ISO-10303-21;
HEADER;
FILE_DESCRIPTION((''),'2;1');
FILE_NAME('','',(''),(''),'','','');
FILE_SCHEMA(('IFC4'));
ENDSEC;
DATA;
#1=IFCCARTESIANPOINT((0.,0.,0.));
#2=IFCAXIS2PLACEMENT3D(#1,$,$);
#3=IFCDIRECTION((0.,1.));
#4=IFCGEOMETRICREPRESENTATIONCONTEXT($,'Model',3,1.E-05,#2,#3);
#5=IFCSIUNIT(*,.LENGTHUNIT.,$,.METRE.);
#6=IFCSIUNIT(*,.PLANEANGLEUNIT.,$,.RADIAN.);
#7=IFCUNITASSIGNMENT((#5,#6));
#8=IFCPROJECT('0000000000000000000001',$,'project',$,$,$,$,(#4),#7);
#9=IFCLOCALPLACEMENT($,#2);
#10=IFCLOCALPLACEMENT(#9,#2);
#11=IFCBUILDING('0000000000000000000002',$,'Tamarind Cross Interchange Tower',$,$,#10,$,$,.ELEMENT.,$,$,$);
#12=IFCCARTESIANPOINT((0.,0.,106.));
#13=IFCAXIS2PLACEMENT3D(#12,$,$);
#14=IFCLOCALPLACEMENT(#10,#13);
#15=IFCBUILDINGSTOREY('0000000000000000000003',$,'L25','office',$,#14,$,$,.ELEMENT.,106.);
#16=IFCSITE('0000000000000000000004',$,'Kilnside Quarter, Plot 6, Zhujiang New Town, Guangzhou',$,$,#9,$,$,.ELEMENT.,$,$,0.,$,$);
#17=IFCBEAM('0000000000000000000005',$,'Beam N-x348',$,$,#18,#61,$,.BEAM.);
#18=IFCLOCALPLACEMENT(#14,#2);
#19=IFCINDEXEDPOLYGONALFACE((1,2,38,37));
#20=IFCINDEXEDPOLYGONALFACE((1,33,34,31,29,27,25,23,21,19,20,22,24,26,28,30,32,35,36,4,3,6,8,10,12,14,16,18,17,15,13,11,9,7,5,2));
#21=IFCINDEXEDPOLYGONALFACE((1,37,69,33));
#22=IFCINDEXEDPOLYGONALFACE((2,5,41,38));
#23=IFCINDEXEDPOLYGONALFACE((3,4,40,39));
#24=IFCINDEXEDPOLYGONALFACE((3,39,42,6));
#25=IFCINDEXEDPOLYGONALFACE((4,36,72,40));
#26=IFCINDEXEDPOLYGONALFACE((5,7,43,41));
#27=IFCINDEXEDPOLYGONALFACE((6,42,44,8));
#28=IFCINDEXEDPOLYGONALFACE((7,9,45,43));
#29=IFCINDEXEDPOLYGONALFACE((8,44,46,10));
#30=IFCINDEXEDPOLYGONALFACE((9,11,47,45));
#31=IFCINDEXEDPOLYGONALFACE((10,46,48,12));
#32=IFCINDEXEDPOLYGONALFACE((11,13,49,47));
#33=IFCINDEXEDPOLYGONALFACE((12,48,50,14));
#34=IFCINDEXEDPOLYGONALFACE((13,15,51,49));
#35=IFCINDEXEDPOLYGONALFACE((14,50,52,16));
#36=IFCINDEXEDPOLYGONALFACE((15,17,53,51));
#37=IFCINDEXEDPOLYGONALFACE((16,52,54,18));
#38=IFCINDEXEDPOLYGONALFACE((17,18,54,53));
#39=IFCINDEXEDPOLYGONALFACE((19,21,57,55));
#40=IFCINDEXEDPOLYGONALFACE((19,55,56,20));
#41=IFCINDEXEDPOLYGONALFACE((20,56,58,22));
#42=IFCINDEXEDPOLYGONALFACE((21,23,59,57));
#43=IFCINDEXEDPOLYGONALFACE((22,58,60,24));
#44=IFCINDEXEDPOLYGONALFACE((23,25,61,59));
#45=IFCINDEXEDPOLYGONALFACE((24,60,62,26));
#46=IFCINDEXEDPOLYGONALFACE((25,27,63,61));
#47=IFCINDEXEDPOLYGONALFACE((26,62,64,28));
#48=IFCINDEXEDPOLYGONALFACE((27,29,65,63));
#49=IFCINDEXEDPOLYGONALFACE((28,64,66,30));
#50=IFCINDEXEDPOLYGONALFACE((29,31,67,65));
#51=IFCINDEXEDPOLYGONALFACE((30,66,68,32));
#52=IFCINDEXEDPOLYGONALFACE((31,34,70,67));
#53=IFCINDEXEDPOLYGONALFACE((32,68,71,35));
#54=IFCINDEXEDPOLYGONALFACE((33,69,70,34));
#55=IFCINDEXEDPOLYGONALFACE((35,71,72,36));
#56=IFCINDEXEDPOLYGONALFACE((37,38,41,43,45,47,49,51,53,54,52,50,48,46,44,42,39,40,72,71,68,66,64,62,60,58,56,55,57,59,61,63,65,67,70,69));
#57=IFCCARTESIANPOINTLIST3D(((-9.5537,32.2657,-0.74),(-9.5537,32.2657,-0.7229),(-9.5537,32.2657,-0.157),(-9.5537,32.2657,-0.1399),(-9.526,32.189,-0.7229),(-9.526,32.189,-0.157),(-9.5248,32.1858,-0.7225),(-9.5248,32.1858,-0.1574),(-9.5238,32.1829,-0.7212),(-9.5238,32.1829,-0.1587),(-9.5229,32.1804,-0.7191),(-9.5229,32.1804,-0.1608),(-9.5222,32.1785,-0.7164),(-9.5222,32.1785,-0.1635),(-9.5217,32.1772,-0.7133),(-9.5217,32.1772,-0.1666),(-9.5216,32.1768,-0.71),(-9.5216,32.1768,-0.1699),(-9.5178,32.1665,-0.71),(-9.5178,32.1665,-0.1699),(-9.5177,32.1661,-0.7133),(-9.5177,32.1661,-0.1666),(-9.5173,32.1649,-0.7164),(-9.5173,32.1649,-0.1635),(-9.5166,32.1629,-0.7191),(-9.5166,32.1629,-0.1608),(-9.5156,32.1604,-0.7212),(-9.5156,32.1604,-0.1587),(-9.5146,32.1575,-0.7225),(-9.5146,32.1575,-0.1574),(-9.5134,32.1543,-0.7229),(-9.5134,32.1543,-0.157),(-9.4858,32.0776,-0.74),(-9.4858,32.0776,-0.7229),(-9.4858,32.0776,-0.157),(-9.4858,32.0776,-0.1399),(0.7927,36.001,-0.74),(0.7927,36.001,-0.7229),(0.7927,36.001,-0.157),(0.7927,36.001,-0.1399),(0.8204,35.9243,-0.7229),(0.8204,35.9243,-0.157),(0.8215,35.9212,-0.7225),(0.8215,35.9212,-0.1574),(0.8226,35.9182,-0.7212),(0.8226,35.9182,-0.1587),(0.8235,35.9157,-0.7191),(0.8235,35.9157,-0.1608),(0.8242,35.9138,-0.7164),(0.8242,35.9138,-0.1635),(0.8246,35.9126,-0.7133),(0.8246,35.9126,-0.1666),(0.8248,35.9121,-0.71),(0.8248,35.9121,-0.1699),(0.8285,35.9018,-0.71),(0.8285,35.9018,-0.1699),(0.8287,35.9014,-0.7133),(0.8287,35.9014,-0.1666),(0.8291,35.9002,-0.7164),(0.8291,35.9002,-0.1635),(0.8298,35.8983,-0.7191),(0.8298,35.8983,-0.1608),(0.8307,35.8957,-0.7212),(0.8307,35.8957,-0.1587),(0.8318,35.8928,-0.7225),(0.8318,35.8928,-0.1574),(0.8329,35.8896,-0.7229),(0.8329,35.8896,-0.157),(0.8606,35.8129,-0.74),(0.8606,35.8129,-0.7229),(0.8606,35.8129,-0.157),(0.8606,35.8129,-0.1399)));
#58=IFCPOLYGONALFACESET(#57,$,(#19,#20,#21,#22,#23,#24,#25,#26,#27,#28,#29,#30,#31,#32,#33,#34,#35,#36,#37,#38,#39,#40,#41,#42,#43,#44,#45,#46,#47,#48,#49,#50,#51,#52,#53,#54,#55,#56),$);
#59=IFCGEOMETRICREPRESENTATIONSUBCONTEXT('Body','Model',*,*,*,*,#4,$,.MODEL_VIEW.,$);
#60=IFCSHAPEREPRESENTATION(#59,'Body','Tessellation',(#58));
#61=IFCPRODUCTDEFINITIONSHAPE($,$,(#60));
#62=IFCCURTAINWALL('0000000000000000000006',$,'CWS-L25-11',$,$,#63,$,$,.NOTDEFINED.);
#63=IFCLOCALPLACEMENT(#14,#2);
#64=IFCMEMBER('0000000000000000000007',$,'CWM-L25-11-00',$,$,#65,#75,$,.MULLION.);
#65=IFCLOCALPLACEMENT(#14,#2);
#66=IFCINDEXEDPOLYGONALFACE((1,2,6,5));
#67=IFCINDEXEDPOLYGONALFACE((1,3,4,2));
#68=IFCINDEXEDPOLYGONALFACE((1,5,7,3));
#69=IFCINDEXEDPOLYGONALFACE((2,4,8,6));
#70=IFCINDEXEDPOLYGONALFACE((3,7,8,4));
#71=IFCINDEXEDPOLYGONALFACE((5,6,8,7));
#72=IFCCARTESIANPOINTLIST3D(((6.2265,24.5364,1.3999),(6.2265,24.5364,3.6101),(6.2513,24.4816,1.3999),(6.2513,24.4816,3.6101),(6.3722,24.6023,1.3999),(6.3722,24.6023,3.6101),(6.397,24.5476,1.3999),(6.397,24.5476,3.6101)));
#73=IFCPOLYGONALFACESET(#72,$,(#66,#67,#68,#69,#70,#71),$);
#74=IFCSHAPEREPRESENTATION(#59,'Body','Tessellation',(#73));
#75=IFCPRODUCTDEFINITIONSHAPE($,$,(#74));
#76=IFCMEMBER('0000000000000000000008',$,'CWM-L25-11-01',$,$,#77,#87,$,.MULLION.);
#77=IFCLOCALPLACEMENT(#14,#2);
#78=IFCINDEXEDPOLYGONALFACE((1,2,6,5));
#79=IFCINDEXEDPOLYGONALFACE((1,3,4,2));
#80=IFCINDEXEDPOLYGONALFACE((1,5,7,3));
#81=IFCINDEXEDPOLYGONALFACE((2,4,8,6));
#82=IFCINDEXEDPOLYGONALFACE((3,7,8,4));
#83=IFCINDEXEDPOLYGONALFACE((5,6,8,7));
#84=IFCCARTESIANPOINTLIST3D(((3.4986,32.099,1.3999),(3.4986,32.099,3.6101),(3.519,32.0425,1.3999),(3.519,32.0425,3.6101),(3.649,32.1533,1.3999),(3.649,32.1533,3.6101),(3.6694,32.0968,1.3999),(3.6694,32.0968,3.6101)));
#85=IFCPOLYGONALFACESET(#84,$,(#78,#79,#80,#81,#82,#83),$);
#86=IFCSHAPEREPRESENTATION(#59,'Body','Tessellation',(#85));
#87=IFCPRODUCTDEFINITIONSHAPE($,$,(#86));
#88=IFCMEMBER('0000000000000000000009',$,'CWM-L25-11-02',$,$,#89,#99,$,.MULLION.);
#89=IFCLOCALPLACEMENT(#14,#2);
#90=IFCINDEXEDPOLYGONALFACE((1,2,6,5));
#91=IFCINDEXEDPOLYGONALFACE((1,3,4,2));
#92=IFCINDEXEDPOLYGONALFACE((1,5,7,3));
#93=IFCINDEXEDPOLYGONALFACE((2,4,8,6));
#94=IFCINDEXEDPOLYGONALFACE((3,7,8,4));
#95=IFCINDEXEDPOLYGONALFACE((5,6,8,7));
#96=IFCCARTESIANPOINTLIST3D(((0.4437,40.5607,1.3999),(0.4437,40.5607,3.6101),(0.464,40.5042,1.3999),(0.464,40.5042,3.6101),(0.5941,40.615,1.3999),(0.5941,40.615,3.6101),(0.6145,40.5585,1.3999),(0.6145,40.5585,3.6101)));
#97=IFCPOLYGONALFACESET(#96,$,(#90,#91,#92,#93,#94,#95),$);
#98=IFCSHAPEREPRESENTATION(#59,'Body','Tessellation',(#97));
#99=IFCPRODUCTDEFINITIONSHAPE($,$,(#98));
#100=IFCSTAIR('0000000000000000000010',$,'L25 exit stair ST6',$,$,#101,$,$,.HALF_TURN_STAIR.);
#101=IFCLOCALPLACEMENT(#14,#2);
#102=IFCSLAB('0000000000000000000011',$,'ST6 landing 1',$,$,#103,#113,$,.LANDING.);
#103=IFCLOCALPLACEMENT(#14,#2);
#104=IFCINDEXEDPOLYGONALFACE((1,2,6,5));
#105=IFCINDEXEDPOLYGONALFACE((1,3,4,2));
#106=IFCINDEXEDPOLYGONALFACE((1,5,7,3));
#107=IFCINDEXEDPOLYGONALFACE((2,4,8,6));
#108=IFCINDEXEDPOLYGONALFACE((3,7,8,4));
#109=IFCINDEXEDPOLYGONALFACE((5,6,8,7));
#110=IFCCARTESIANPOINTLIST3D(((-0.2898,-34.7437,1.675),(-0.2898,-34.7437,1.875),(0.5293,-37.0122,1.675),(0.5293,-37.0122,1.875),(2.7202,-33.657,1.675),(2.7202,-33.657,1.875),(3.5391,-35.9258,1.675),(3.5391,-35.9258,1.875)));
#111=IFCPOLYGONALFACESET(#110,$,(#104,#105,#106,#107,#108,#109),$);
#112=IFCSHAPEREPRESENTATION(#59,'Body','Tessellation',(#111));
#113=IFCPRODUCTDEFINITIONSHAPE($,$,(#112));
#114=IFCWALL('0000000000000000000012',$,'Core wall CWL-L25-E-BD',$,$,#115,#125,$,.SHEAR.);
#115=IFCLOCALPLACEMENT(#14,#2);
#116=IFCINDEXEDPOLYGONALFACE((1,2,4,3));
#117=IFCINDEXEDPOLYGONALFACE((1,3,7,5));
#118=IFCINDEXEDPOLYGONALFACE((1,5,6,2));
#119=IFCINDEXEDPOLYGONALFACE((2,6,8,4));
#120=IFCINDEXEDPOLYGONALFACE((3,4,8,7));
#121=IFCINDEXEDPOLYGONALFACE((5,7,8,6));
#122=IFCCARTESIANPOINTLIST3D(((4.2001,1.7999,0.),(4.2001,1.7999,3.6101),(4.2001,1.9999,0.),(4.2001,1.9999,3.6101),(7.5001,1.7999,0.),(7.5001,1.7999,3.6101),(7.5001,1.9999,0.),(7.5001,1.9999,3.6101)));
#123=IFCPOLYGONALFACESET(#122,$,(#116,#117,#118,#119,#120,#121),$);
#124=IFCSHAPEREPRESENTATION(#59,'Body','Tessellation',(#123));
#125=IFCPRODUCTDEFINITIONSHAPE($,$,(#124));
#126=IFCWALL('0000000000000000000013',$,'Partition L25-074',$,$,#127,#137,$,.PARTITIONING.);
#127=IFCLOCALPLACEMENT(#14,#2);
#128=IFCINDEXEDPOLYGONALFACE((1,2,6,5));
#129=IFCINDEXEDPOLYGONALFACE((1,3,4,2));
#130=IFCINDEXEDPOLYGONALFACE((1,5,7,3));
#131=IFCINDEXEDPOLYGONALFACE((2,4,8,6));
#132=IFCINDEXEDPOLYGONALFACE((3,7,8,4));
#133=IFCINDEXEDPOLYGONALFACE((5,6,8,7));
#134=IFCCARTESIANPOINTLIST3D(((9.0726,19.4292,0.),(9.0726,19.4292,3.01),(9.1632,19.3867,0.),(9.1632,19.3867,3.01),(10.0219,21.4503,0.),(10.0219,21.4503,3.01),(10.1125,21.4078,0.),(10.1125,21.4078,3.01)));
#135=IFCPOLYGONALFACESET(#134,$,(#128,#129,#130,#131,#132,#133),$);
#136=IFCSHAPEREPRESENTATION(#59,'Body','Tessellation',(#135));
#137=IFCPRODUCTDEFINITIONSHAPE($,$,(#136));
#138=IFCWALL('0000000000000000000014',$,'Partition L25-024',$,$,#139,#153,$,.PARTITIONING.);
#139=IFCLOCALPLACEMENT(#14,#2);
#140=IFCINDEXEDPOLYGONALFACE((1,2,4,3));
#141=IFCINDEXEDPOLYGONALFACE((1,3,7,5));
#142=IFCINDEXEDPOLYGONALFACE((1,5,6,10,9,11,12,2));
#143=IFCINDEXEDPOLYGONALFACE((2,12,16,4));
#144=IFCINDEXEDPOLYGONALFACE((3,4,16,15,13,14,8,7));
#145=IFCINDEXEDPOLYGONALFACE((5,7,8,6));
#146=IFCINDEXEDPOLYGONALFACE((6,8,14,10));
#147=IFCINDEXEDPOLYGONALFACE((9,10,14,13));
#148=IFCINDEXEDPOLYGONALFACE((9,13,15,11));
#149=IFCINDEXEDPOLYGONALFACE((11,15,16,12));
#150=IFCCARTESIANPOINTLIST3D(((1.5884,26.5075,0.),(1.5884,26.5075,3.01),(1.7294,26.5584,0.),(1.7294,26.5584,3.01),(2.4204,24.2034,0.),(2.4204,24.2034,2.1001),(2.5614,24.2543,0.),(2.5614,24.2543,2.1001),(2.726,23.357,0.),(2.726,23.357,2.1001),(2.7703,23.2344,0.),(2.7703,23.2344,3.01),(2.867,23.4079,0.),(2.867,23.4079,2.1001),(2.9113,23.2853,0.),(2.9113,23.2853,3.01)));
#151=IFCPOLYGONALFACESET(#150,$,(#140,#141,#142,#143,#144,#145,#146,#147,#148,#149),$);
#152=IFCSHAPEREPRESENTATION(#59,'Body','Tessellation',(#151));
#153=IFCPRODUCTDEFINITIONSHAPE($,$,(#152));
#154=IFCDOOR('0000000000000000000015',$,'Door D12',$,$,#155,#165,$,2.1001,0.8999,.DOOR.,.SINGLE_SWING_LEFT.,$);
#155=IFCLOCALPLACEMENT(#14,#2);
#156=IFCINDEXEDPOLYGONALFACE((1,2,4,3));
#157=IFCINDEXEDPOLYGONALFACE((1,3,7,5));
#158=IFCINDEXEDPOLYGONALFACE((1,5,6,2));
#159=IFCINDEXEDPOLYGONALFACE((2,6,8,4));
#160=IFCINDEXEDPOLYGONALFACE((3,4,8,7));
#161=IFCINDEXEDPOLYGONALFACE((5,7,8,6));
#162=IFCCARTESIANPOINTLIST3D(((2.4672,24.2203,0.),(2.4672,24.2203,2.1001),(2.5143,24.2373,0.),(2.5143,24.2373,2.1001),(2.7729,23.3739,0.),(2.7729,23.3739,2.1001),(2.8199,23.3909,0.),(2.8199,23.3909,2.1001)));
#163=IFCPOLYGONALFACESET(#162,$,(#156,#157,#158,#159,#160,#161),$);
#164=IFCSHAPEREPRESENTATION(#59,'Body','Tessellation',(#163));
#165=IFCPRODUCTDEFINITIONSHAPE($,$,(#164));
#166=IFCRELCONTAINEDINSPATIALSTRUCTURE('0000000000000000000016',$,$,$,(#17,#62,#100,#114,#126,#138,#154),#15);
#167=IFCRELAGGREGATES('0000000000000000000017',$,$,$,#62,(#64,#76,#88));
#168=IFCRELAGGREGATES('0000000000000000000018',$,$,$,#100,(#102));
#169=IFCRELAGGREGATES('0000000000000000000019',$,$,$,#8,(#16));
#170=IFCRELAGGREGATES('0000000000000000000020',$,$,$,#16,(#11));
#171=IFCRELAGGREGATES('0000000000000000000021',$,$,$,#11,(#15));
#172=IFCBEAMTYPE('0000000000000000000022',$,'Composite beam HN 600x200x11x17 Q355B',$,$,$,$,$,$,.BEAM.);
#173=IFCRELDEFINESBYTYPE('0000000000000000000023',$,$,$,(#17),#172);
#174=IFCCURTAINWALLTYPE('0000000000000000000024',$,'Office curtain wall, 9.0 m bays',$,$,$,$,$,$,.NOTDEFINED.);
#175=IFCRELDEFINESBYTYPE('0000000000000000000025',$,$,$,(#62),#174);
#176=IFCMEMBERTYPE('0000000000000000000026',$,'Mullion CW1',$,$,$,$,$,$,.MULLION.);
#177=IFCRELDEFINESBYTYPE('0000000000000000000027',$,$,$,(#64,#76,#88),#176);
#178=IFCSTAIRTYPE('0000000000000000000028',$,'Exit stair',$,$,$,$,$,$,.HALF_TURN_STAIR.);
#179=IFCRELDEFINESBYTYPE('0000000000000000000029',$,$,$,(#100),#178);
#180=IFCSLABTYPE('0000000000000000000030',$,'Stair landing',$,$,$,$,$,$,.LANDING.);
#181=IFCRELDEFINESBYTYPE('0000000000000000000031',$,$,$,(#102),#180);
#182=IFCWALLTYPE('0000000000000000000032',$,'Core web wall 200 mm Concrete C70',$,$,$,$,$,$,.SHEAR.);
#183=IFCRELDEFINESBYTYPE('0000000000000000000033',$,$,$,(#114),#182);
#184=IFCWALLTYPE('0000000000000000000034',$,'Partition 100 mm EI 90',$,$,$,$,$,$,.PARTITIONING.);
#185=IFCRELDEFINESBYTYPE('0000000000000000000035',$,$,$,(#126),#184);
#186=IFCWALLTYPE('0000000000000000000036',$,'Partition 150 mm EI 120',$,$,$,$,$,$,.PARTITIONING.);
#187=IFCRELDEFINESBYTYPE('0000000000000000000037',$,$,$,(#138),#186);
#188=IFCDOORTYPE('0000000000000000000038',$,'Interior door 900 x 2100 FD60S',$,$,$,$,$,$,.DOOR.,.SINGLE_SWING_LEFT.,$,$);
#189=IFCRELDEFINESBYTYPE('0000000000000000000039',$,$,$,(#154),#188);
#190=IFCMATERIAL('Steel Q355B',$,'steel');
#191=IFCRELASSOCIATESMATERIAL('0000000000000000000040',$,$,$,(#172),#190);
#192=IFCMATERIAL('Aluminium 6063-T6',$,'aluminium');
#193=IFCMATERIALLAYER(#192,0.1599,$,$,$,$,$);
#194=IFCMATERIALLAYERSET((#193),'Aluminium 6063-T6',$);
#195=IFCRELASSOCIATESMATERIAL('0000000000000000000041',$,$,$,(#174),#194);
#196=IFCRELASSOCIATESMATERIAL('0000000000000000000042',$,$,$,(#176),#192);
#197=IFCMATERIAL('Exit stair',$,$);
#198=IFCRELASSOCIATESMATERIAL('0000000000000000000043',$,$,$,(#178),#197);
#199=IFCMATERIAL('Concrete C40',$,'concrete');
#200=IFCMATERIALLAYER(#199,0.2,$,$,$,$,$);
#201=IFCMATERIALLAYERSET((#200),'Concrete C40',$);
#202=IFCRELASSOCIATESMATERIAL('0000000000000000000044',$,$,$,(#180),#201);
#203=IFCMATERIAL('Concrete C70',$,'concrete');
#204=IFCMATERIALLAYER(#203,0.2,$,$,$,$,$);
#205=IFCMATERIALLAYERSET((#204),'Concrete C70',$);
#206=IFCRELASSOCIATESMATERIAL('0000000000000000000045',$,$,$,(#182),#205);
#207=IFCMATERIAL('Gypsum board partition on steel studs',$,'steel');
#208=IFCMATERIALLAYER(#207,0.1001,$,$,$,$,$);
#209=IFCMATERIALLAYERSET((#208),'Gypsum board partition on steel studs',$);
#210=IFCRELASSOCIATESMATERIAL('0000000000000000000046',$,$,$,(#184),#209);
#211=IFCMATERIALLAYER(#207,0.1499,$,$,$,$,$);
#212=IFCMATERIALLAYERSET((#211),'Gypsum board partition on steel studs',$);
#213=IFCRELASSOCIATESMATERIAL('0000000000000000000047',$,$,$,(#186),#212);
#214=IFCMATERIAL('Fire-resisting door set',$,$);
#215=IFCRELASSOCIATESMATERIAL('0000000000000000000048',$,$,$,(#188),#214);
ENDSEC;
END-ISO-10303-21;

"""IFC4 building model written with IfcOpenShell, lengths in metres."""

from ifc_helpers import new_model, si_unit, direction, frame, frame_2d, origin, origin_2d, place, context, subcontext, project, spatial, polyline, rectangle, i_section, outline, extrude, material, layer, layer_set, material_profile, profile_set, type_object, element, fill, aggregate, save


model = new_model("IFC4")

# Units and contexts
model_context = context("Model", 3, precision=1e-05, world=origin(), true_north=direction((0.0, 1.0)))
body_context = subcontext(model_context, "Body", "Model", "MODEL_VIEW")
ifc_project = project(units=[si_unit("LENGTHUNIT", "METRE"), si_unit("PLANEANGLEUNIT", "RADIAN")], contexts=[model_context])

# Site, building, storey
site_placement = place(None, origin())
site = spatial("IfcSite", under=ifc_project, at=site_placement, Name="Kilnside Quarter, Plot 6, Zhujiang New Town, Guangzhou", CompositionType="ELEMENT", RefElevation=0.0)
building_placement = place(site_placement, origin())
building = spatial("IfcBuilding", under=site, at=building_placement, Name="Tamarind Cross Interchange Tower", CompositionType="ELEMENT")
storey_placement = place(building_placement, frame((0.0, 0.0, 106.0)))
storey = spatial("IfcBuildingStorey", under=building, at=storey_placement, Name="L25", Description="office", CompositionType="ELEMENT", Elevation=106.0)

# Beam
ifc_material_1 = material(Name="Steel Q355B", Category="steel")
ifc_material_profile_1 = material_profile(ifc_material_1, i_section(OverallWidth=0.2, OverallDepth=0.6001, WebThickness=0.011, FlangeThickness=0.0171, FilletRadius=0.0129, at=origin_2d()), Name="HN 600x200x11x17")
ifc_profile_set_1 = profile_set([ifc_material_profile_1], Name="Steel Q355B")
beam_type_1 = type_object("IfcBeamType", Name="Composite beam HN 600x200x11x17 Q355B", PredefinedType="BEAM", material=ifc_profile_set_1)
beam_1_placement = place(storey_placement, frame((0.8267, 35.907, -0.4399), z_axis=(-0.940579, -0.339575, 0.0), x_axis=(0.339575, -0.940579, 0.0)))
element("IfcBeam", 1, at=beam_1_placement, inside=storey, type_object=beam_type_1, Name="Beam N-x348", PredefinedType="BEAM", context=body_context, shape_type="SweptSolid", body=[
    extrude(i_section(OverallWidth=0.2, OverallDepth=0.6001, WebThickness=0.011, FlangeThickness=0.0171, FilletRadius=0.0129, at=origin_2d()), origin(), (0.0, 0.0, 1.0), 11.0),
])

# Curtain wall, members
ifc_material_2 = material(Name="Aluminium 6063-T6", Category="aluminium")
ifc_layer_1 = layer(ifc_material_2, 0.1599)
ifc_layer_set_1 = layer_set([ifc_layer_1], Name="Aluminium 6063-T6")
curtain_wall_type = type_object("IfcCurtainWallType", Name="Office curtain wall, 9.0 m bays", PredefinedType="NOTDEFINED", material=ifc_layer_set_1)
curtain_wall_placement = place(storey_placement, origin())
curtain_wall = element("IfcCurtainWall", 2, at=curtain_wall_placement, inside=storey, type_object=curtain_wall_type, Name="CWS-L25-11", PredefinedType="NOTDEFINED")
ifc_material_profile_2 = material_profile(ifc_material_2, rectangle(XDim=0.0601, YDim=0.1599, at=origin_2d()), Name="Mullion CW1")
ifc_profile_set_2 = profile_set([ifc_material_profile_2], Name="Aluminium 6063-T6")
member_type = type_object("IfcMemberType", Name="Mullion CW1", PredefinedType="MULLION", material=ifc_profile_set_2)
member_1_placement = place(storey_placement, frame((6.3118, 24.542, 1.3999), z_axis=(0.0, 0.0, 1.0), x_axis=(-0.412591, 0.910916, 0.0)))
member_1 = element("IfcMember", 3, at=member_1_placement, type_object=member_type, Name="CWM-L25-11-00", PredefinedType="MULLION", context=body_context, shape_type="SweptSolid", body=[
    extrude(rectangle(XDim=0.0601, YDim=0.1599, at=origin_2d()), origin(), (0.0, 0.0, 1.0), 2.2102),
])
member_2_placement = place(storey_placement, frame((3.584, 32.0979, 1.3999), z_axis=(0.0, 0.0, 1.0), x_axis=(-0.339579, 0.940578, 0.0)))
member_2 = element("IfcMember", 4, at=member_2_placement, type_object=member_type, Name="CWM-L25-11-01", PredefinedType="MULLION", context=body_context, shape_type="SweptSolid", body=[
    extrude(rectangle(XDim=0.0601, YDim=0.1599, at=origin_2d()), origin(), (0.0, 0.0, 1.0), 2.2102),
])
member_3_placement = place(storey_placement, frame((0.5291, 40.5596, 1.3999), z_axis=(0.0, 0.0, 1.0), x_axis=(-0.339579, 0.940578, 0.0)))
member_3 = element("IfcMember", 5, at=member_3_placement, type_object=member_type, Name="CWM-L25-11-02", PredefinedType="MULLION", context=body_context, shape_type="SweptSolid", body=[
    extrude(rectangle(XDim=0.0601, YDim=0.1599, at=origin_2d()), origin(), (0.0, 0.0, 1.0), 2.2102),
])
aggregate(curtain_wall, [member_1, member_2, member_3])

# Stair, slab
ifc_material_3 = material(Name="Exit stair")
stair_type = type_object("IfcStairType", Name="Exit stair", PredefinedType="HALF_TURN_STAIR", material=ifc_material_3)
stair_1_placement = place(storey_placement, origin())
stair_1 = element("IfcStair", 6, at=stair_1_placement, inside=storey, type_object=stair_type, Name="L25 exit stair ST6", PredefinedType="HALF_TURN_STAIR")
ifc_material_4 = material(Name="Concrete C40", Category="concrete")
ifc_layer_2 = layer(ifc_material_4, 0.2)
ifc_layer_set_2 = layer_set([ifc_layer_2], Name="Concrete C40")
slab_type = type_object("IfcSlabType", Name="Stair landing", PredefinedType="LANDING", material=ifc_layer_set_2)
slab_placement = place(storey_placement, frame((0.0, 0.0, 1.675)))
slab = element("IfcSlab", 7, at=slab_placement, type_object=slab_type, Name="ST6 landing 1", PredefinedType="LANDING", context=body_context, shape_type="SweptSolid", body=[
    extrude(outline(polyline([(-0.2898, -34.7437), (0.5293, -37.0122), (3.5391, -35.9258), (2.7202, -33.657), (-0.2898, -34.7437)])), origin(), (0.0, 0.0, 1.0), 0.2),
])
aggregate(stair_1, [slab])

# Walls
ifc_material_5 = material(Name="Concrete C70", Category="concrete")
ifc_layer_3 = layer(ifc_material_5, 0.2)
ifc_layer_set_3 = layer_set([ifc_layer_3], Name="Concrete C70")
wall_type_1 = type_object("IfcWallType", Name="Core web wall 200 mm Concrete C70", PredefinedType="SHEAR", material=ifc_layer_set_3)
wall_1_placement = place(storey_placement, frame((7.5, 1.8999, 0.0), z_axis=(0.0, 0.0, 1.0), x_axis=(-1.0, 0.0, 0.0)))
element("IfcWall", 8, at=wall_1_placement, inside=storey, type_object=wall_type_1, Name="Core wall CWL-L25-E-BD", PredefinedType="SHEAR", context=body_context, shape_type="SweptSolid", body=[
    extrude(rectangle(XDim=3.3, YDim=0.2, at=frame_2d((1.6499, 0.0))), origin(), (0.0, 0.0, 1.0), 3.6101),
])
ifc_material_6 = material(Name="Gypsum board partition on steel studs", Category="steel")
ifc_layer_4 = layer(ifc_material_6, 0.1001)
ifc_layer_set_4 = layer_set([ifc_layer_4], Name="Gypsum board partition on steel studs")
wall_type_2 = type_object("IfcWallType", Name="Partition 100 mm EI 90", PredefinedType="PARTITIONING", material=ifc_layer_set_4)
wall_2_placement = place(storey_placement, frame((9.1179, 19.408, 0.0), z_axis=(0.0, 0.0, 1.0), x_axis=(0.425123, 0.905136, 0.0)))
element("IfcWall", 9, at=wall_2_placement, inside=storey, type_object=wall_type_2, Name="Partition L25-074", PredefinedType="PARTITIONING", context=body_context, shape_type="SweptSolid", body=[
    extrude(rectangle(XDim=2.2329, YDim=0.1001, at=frame_2d((1.1165, 0.0))), origin(), (0.0, 0.0, 1.0), 3.01),
])

# Wall, opening, door
ifc_layer_5 = layer(ifc_material_6, 0.1499)
ifc_layer_set_5 = layer_set([ifc_layer_5], Name="Gypsum board partition on steel studs")
wall_type_3 = type_object("IfcWallType", Name="Partition 150 mm EI 120", PredefinedType="PARTITIONING", material=ifc_layer_set_5)
wall_3_placement = place(storey_placement, frame((1.6589, 26.533, 0.0), z_axis=(0.0, 0.0, 1.0), x_axis=(0.339619, -0.940563, 0.0)))
wall_3 = element("IfcWall", 10, at=wall_3_placement, inside=storey, type_object=wall_type_3, Name="Partition L25-024", PredefinedType="PARTITIONING", context=body_context, shape_type="SweptSolid", body=[
    extrude(rectangle(XDim=3.48, YDim=0.1499, at=frame_2d((1.74, 0.0))), origin(), (0.0, 0.0, 1.0), 3.01),
])
opening_1_placement = place(wall_3_placement, frame((2.4497, 0.0, 0.0)))
opening_1 = element("IfcOpeningElement", 11, at=opening_1_placement, cuts=wall_3, PredefinedType="OPENING", context=body_context, shape_type="SweptSolid", body=[
    extrude(rectangle(XDim=0.8999, YDim=2.1001, at=frame_2d((0.45, 1.05))), frame((0.0, 0.085, 0.0), z_axis=(0.0, -1.0, 0.0), x_axis=(1.0, 0.0, 0.0)), (0.0, 0.0, 1.0), 0.1699),
])
ifc_material_7 = material(Name="Fire-resisting door set")
door_type = type_object("IfcDoorType", Name="Interior door 900 x 2100 FD60S", OperationType="SINGLE_SWING_LEFT", PredefinedType="DOOR", material=ifc_material_7)
door_1_placement = place(opening_1_placement, origin())
door_1 = element("IfcDoor", 12, at=door_1_placement, inside=storey, type_object=door_type, Name="Door D12", OperationType="SINGLE_SWING_LEFT", OverallHeight=2.1001, OverallWidth=0.8999, PredefinedType="DOOR", context=body_context, shape_type="SweptSolid", body=[
    extrude(rectangle(XDim=0.8999, YDim=2.1001, at=frame_2d((0.45, 1.05))), frame((0.0, 0.0249, 0.0), z_axis=(0.0, -1.0, 0.0), x_axis=(1.0, 0.0, 0.0)), (0.0, 0.0, 1.0), 0.05),
])
fill(opening_1, door_1)

save(model, "model.ifc")
